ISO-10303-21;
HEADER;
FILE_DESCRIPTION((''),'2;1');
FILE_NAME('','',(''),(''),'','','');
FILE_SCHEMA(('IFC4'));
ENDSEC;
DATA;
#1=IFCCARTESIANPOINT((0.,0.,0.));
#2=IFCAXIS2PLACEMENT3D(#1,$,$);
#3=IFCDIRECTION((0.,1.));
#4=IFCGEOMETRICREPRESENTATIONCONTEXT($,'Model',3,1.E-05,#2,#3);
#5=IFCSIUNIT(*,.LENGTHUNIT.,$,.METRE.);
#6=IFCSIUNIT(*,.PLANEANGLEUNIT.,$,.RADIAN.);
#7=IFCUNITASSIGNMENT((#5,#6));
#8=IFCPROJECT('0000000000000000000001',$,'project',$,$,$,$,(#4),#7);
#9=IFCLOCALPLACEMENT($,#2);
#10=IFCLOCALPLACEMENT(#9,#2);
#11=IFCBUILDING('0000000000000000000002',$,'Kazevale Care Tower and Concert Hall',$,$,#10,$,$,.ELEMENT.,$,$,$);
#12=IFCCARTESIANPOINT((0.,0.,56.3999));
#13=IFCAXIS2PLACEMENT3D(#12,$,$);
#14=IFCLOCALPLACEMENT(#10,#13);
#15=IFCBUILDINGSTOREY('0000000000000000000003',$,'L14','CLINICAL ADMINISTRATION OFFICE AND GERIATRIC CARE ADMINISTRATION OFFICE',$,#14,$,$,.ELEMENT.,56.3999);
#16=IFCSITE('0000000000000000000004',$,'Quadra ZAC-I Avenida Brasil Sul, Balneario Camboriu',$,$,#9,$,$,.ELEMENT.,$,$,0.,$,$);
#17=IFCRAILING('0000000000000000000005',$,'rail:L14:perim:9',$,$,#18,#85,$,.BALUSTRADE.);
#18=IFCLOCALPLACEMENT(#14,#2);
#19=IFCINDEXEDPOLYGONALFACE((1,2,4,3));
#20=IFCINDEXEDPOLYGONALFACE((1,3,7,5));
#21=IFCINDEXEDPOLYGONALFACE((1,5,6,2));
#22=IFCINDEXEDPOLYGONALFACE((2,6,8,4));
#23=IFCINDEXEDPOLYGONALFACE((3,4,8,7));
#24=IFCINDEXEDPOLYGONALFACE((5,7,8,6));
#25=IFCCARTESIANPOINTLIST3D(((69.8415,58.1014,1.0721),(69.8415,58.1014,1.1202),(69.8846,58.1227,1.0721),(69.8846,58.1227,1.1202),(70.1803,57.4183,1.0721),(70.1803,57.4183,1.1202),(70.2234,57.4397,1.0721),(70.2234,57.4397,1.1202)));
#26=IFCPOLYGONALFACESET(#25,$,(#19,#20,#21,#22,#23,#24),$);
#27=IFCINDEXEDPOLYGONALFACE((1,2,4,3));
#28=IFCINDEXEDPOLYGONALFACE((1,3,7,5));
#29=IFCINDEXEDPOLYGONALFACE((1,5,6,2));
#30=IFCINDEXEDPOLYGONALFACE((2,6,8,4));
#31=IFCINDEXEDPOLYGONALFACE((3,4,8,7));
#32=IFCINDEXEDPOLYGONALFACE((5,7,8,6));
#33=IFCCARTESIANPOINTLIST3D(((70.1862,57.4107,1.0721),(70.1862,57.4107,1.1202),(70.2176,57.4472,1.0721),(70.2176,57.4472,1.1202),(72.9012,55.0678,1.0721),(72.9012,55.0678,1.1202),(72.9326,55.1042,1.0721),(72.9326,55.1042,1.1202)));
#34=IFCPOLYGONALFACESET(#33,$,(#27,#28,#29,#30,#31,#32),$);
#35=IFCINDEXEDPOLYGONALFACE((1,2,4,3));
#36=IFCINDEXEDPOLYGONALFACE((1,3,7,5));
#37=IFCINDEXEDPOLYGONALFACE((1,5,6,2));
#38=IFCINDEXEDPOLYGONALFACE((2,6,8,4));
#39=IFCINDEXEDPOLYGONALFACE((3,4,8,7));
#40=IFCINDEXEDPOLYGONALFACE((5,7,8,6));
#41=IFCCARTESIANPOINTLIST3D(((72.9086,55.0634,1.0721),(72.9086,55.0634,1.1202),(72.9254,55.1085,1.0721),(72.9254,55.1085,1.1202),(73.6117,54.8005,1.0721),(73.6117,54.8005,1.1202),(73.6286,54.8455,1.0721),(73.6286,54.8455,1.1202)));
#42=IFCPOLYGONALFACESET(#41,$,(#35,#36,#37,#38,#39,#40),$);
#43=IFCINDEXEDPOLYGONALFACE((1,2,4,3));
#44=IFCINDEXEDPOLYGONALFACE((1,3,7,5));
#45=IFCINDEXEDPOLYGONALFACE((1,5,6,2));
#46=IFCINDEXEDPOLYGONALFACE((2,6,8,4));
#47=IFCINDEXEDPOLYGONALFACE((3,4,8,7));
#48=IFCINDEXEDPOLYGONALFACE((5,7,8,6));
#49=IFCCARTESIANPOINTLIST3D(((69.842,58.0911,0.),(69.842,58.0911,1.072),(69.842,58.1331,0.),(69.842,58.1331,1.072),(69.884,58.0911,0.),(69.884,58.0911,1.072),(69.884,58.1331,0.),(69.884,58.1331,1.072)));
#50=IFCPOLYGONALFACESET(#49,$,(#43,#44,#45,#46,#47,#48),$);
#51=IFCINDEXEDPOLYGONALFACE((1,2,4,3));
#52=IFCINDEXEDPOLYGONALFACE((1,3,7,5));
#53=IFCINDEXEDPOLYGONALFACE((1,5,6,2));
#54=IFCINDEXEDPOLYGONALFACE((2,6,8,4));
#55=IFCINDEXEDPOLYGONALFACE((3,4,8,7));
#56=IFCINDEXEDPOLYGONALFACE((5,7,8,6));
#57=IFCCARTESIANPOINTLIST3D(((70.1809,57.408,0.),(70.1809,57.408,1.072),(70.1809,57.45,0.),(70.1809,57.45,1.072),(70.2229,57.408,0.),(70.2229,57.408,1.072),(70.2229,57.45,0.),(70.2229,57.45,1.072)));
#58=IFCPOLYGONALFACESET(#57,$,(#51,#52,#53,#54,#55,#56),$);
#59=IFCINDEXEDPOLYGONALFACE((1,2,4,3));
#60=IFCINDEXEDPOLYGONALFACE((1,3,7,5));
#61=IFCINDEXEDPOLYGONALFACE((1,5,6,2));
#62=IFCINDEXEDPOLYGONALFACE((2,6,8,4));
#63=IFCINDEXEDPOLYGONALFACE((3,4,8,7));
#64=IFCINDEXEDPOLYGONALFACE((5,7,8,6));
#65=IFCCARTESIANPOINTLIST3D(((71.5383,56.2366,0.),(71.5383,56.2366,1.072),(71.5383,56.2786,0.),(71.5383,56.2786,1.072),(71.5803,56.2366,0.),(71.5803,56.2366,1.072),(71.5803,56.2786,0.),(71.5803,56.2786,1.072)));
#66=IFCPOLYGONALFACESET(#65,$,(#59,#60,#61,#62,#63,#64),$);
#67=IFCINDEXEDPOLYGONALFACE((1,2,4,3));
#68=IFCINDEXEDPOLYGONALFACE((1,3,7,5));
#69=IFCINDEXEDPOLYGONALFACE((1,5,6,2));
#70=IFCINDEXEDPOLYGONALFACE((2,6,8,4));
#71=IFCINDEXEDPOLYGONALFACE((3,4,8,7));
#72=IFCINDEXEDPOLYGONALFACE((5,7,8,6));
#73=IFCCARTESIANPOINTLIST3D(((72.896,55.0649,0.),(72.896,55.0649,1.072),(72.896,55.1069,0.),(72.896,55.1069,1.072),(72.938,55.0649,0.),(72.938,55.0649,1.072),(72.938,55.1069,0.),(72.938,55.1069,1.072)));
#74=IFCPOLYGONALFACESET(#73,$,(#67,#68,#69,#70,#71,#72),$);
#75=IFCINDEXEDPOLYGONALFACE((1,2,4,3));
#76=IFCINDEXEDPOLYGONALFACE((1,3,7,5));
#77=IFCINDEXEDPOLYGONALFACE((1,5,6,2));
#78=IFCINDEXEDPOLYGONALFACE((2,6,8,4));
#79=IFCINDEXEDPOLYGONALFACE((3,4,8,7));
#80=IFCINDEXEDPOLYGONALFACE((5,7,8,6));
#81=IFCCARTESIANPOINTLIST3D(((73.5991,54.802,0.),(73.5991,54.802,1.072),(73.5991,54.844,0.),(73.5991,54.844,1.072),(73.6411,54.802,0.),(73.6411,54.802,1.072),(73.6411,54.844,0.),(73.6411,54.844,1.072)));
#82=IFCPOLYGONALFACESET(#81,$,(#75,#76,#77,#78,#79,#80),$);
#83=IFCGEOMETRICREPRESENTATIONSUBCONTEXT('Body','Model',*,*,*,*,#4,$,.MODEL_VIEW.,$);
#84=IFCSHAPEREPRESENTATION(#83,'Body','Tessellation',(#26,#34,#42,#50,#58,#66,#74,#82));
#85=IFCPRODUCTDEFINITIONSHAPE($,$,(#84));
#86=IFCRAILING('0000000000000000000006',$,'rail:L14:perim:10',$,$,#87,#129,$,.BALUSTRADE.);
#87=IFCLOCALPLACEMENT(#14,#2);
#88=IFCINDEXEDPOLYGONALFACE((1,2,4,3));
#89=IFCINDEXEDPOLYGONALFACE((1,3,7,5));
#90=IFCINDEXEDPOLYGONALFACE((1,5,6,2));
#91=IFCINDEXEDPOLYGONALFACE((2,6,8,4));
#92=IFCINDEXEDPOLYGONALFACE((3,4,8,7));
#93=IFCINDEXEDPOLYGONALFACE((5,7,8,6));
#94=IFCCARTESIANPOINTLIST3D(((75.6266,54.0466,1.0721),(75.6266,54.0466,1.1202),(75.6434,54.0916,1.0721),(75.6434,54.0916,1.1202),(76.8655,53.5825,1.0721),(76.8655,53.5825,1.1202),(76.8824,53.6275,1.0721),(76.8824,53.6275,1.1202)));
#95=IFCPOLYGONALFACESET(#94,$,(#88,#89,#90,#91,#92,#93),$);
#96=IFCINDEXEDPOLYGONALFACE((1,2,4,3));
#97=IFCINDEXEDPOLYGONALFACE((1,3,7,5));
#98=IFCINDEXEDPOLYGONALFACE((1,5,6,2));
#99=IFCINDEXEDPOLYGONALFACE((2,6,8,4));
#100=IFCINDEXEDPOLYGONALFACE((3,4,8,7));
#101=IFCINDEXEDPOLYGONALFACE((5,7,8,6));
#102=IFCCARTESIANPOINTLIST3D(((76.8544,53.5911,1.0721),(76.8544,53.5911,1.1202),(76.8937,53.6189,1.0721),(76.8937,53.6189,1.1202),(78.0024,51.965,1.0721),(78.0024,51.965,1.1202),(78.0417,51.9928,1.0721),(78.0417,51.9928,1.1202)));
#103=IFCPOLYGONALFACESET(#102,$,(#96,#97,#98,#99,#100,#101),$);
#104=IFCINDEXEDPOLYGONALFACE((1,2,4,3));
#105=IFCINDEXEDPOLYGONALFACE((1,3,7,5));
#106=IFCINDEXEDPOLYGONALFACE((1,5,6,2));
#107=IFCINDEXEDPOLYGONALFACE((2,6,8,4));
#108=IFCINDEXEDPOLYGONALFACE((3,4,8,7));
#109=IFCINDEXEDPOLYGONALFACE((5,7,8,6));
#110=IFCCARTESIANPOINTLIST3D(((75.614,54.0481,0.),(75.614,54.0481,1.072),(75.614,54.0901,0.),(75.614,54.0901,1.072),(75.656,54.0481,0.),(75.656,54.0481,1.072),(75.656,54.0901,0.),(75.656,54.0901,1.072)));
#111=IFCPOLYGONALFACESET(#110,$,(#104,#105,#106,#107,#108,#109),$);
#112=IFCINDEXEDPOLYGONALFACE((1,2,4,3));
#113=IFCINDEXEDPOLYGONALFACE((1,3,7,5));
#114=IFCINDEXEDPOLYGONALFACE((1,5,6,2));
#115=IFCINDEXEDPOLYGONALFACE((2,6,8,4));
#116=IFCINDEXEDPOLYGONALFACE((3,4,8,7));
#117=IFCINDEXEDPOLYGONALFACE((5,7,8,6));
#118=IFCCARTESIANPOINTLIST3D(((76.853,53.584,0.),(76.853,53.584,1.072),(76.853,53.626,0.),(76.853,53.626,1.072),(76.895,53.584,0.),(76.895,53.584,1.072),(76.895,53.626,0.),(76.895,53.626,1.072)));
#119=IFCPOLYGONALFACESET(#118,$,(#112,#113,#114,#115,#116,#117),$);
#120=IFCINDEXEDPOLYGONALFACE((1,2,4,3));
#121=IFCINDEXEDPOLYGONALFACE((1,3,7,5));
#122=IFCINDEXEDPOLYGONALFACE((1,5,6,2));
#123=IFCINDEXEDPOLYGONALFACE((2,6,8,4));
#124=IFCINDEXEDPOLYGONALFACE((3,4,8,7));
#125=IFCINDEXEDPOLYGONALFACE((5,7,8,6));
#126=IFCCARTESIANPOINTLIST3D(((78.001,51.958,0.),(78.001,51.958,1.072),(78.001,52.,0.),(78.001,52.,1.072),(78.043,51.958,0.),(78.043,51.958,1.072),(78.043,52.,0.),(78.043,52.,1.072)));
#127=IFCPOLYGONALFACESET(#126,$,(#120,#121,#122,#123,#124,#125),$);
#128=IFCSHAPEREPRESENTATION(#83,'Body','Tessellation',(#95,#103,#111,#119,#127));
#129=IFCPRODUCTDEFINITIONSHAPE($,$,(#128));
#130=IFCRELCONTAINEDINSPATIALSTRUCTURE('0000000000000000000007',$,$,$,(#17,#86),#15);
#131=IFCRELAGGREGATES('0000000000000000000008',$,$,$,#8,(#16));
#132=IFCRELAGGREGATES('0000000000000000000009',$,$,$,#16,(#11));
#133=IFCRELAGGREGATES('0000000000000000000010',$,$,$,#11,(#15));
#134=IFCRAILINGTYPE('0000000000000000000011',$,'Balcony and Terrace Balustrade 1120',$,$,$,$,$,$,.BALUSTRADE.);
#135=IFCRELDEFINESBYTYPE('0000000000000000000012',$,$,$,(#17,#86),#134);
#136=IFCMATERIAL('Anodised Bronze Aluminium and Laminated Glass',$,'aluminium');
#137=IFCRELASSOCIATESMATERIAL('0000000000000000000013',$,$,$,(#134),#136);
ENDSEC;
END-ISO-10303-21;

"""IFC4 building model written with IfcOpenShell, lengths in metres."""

from ifc_helpers import new_model, si_unit, direction, frame, origin, origin_2d, place, context, subcontext, project, spatial, rectangle, extrude, material, type_object, element, save


model = new_model("IFC4")

# Units and contexts
model_context = context("Model", 3, precision=1e-05, world=origin(), true_north=direction((0.0, 1.0)))
body_context = subcontext(model_context, "Body", "Model", "MODEL_VIEW")
ifc_project = project(units=[si_unit("LENGTHUNIT", "METRE"), si_unit("PLANEANGLEUNIT", "RADIAN")], contexts=[model_context])

# Site, building, storey
site_placement = place(None, origin())
site = spatial("IfcSite", under=ifc_project, at=site_placement, Name="Quadra ZAC-I Avenida Brasil Sul, Balneario Camboriu", CompositionType="ELEMENT", RefElevation=0.0)
building_placement = place(site_placement, origin())
building = spatial("IfcBuilding", under=site, at=building_placement, Name="Kazevale Care Tower and Concert Hall", CompositionType="ELEMENT")
storey_placement = place(building_placement, frame((0.0, 0.0, 56.3999)))
storey = spatial("IfcBuildingStorey", under=building, at=storey_placement, Name="L14", Description="CLINICAL ADMINISTRATION OFFICE AND GERIATRIC CARE ADMINISTRATION OFFICE", CompositionType="ELEMENT", Elevation=56.3999)

# Railings
ifc_material_1 = material(Name="Anodised Bronze Aluminium and Laminated Glass", Category="aluminium")
railing_type = type_object("IfcRailingType", Name="Balcony and Terrace Balustrade 1120", PredefinedType="BALUSTRADE", material=ifc_material_1)
railing_1_placement = place(storey_placement, frame((69.863, 58.1121, 0.0)))
element("IfcRailing", 1, at=railing_1_placement, inside=storey, type_object=railing_type, Name="rail:L14:perim:9", PredefinedType="BALUSTRADE", context=body_context, shape_type="SweptSolid", body=[
    extrude(rectangle(XDim=0.0481, YDim=0.0481, at=origin_2d()), frame((0.0, 0.0, 1.0962), z_axis=(0.444394, -0.895831, 0.0), x_axis=(0.895831, 0.444394, 0.0)), (0.0, 0.0, 1.0), 0.7625),
    extrude(rectangle(XDim=0.0481, YDim=0.0481, at=origin_2d()), frame((0.3389, -0.6831, 1.0962), z_axis=(0.757076, -0.653327, 0.0), x_axis=(0.653327, 0.757076, 0.0)), (0.0, 0.0, 1.0), 3.5862),
    extrude(rectangle(XDim=0.0481, YDim=0.0481, at=origin_2d()), frame((3.054, -3.0261, 1.0962), z_axis=(0.93665, -0.350268, 0.0), x_axis=(0.350268, 0.93665, 0.0)), (0.0, 0.0, 1.0), 0.7507),
    extrude(rectangle(XDim=0.042, YDim=0.042, at=origin_2d()), origin(), (0.0, 0.0, 1.0), 1.072),
    extrude(rectangle(XDim=0.042, YDim=0.042, at=origin_2d()), frame((0.3389, -0.6831, 0.0)), (0.0, 0.0, 1.0), 1.072),
    extrude(rectangle(XDim=0.042, YDim=0.042, at=origin_2d()), frame((1.6963, -1.8545, 0.0)), (0.0, 0.0, 1.0), 1.072),
    extrude(rectangle(XDim=0.042, YDim=0.042, at=origin_2d()), frame((3.054, -3.0261, 0.0)), (0.0, 0.0, 1.0), 1.072),
    extrude(rectangle(XDim=0.042, YDim=0.042, at=origin_2d()), frame((3.7571, -3.2891, 0.0)), (0.0, 0.0, 1.0), 1.072),
])
railing_2_placement = place(storey_placement, frame((75.635, 54.0691, 0.0)))
element("IfcRailing", 2, at=railing_2_placement, inside=storey, type_object=railing_type, Name="rail:L14:perim:10", PredefinedType="BALUSTRADE", context=body_context, shape_type="SweptSolid", body=[
    extrude(rectangle(XDim=0.0481, YDim=0.0481, at=origin_2d()), frame((0.0, 0.0, 1.0962), z_axis=(0.936458, -0.35078, 0.0), x_axis=(0.35078, 0.936458, 0.0)), (0.0, 0.0, 1.0), 1.323),
    extrude(rectangle(XDim=0.0481, YDim=0.0481, at=origin_2d()), frame((1.239, -0.4641, 1.0962), z_axis=(0.576751, -0.81692, 0.0), x_axis=(0.81692, 0.576751, 0.0)), (0.0, 0.0, 1.0), 1.9905),
    extrude(rectangle(XDim=0.042, YDim=0.042, at=origin_2d()), origin(), (0.0, 0.0, 1.0), 1.072),
    extrude(rectangle(XDim=0.042, YDim=0.042, at=origin_2d()), frame((1.239, -0.4641, 0.0)), (0.0, 0.0, 1.0), 1.072),
    extrude(rectangle(XDim=0.042, YDim=0.042, at=origin_2d()), frame((2.387, -2.0901, 0.0)), (0.0, 0.0, 1.0), 1.072),
])

save(model, "model.ifc")
